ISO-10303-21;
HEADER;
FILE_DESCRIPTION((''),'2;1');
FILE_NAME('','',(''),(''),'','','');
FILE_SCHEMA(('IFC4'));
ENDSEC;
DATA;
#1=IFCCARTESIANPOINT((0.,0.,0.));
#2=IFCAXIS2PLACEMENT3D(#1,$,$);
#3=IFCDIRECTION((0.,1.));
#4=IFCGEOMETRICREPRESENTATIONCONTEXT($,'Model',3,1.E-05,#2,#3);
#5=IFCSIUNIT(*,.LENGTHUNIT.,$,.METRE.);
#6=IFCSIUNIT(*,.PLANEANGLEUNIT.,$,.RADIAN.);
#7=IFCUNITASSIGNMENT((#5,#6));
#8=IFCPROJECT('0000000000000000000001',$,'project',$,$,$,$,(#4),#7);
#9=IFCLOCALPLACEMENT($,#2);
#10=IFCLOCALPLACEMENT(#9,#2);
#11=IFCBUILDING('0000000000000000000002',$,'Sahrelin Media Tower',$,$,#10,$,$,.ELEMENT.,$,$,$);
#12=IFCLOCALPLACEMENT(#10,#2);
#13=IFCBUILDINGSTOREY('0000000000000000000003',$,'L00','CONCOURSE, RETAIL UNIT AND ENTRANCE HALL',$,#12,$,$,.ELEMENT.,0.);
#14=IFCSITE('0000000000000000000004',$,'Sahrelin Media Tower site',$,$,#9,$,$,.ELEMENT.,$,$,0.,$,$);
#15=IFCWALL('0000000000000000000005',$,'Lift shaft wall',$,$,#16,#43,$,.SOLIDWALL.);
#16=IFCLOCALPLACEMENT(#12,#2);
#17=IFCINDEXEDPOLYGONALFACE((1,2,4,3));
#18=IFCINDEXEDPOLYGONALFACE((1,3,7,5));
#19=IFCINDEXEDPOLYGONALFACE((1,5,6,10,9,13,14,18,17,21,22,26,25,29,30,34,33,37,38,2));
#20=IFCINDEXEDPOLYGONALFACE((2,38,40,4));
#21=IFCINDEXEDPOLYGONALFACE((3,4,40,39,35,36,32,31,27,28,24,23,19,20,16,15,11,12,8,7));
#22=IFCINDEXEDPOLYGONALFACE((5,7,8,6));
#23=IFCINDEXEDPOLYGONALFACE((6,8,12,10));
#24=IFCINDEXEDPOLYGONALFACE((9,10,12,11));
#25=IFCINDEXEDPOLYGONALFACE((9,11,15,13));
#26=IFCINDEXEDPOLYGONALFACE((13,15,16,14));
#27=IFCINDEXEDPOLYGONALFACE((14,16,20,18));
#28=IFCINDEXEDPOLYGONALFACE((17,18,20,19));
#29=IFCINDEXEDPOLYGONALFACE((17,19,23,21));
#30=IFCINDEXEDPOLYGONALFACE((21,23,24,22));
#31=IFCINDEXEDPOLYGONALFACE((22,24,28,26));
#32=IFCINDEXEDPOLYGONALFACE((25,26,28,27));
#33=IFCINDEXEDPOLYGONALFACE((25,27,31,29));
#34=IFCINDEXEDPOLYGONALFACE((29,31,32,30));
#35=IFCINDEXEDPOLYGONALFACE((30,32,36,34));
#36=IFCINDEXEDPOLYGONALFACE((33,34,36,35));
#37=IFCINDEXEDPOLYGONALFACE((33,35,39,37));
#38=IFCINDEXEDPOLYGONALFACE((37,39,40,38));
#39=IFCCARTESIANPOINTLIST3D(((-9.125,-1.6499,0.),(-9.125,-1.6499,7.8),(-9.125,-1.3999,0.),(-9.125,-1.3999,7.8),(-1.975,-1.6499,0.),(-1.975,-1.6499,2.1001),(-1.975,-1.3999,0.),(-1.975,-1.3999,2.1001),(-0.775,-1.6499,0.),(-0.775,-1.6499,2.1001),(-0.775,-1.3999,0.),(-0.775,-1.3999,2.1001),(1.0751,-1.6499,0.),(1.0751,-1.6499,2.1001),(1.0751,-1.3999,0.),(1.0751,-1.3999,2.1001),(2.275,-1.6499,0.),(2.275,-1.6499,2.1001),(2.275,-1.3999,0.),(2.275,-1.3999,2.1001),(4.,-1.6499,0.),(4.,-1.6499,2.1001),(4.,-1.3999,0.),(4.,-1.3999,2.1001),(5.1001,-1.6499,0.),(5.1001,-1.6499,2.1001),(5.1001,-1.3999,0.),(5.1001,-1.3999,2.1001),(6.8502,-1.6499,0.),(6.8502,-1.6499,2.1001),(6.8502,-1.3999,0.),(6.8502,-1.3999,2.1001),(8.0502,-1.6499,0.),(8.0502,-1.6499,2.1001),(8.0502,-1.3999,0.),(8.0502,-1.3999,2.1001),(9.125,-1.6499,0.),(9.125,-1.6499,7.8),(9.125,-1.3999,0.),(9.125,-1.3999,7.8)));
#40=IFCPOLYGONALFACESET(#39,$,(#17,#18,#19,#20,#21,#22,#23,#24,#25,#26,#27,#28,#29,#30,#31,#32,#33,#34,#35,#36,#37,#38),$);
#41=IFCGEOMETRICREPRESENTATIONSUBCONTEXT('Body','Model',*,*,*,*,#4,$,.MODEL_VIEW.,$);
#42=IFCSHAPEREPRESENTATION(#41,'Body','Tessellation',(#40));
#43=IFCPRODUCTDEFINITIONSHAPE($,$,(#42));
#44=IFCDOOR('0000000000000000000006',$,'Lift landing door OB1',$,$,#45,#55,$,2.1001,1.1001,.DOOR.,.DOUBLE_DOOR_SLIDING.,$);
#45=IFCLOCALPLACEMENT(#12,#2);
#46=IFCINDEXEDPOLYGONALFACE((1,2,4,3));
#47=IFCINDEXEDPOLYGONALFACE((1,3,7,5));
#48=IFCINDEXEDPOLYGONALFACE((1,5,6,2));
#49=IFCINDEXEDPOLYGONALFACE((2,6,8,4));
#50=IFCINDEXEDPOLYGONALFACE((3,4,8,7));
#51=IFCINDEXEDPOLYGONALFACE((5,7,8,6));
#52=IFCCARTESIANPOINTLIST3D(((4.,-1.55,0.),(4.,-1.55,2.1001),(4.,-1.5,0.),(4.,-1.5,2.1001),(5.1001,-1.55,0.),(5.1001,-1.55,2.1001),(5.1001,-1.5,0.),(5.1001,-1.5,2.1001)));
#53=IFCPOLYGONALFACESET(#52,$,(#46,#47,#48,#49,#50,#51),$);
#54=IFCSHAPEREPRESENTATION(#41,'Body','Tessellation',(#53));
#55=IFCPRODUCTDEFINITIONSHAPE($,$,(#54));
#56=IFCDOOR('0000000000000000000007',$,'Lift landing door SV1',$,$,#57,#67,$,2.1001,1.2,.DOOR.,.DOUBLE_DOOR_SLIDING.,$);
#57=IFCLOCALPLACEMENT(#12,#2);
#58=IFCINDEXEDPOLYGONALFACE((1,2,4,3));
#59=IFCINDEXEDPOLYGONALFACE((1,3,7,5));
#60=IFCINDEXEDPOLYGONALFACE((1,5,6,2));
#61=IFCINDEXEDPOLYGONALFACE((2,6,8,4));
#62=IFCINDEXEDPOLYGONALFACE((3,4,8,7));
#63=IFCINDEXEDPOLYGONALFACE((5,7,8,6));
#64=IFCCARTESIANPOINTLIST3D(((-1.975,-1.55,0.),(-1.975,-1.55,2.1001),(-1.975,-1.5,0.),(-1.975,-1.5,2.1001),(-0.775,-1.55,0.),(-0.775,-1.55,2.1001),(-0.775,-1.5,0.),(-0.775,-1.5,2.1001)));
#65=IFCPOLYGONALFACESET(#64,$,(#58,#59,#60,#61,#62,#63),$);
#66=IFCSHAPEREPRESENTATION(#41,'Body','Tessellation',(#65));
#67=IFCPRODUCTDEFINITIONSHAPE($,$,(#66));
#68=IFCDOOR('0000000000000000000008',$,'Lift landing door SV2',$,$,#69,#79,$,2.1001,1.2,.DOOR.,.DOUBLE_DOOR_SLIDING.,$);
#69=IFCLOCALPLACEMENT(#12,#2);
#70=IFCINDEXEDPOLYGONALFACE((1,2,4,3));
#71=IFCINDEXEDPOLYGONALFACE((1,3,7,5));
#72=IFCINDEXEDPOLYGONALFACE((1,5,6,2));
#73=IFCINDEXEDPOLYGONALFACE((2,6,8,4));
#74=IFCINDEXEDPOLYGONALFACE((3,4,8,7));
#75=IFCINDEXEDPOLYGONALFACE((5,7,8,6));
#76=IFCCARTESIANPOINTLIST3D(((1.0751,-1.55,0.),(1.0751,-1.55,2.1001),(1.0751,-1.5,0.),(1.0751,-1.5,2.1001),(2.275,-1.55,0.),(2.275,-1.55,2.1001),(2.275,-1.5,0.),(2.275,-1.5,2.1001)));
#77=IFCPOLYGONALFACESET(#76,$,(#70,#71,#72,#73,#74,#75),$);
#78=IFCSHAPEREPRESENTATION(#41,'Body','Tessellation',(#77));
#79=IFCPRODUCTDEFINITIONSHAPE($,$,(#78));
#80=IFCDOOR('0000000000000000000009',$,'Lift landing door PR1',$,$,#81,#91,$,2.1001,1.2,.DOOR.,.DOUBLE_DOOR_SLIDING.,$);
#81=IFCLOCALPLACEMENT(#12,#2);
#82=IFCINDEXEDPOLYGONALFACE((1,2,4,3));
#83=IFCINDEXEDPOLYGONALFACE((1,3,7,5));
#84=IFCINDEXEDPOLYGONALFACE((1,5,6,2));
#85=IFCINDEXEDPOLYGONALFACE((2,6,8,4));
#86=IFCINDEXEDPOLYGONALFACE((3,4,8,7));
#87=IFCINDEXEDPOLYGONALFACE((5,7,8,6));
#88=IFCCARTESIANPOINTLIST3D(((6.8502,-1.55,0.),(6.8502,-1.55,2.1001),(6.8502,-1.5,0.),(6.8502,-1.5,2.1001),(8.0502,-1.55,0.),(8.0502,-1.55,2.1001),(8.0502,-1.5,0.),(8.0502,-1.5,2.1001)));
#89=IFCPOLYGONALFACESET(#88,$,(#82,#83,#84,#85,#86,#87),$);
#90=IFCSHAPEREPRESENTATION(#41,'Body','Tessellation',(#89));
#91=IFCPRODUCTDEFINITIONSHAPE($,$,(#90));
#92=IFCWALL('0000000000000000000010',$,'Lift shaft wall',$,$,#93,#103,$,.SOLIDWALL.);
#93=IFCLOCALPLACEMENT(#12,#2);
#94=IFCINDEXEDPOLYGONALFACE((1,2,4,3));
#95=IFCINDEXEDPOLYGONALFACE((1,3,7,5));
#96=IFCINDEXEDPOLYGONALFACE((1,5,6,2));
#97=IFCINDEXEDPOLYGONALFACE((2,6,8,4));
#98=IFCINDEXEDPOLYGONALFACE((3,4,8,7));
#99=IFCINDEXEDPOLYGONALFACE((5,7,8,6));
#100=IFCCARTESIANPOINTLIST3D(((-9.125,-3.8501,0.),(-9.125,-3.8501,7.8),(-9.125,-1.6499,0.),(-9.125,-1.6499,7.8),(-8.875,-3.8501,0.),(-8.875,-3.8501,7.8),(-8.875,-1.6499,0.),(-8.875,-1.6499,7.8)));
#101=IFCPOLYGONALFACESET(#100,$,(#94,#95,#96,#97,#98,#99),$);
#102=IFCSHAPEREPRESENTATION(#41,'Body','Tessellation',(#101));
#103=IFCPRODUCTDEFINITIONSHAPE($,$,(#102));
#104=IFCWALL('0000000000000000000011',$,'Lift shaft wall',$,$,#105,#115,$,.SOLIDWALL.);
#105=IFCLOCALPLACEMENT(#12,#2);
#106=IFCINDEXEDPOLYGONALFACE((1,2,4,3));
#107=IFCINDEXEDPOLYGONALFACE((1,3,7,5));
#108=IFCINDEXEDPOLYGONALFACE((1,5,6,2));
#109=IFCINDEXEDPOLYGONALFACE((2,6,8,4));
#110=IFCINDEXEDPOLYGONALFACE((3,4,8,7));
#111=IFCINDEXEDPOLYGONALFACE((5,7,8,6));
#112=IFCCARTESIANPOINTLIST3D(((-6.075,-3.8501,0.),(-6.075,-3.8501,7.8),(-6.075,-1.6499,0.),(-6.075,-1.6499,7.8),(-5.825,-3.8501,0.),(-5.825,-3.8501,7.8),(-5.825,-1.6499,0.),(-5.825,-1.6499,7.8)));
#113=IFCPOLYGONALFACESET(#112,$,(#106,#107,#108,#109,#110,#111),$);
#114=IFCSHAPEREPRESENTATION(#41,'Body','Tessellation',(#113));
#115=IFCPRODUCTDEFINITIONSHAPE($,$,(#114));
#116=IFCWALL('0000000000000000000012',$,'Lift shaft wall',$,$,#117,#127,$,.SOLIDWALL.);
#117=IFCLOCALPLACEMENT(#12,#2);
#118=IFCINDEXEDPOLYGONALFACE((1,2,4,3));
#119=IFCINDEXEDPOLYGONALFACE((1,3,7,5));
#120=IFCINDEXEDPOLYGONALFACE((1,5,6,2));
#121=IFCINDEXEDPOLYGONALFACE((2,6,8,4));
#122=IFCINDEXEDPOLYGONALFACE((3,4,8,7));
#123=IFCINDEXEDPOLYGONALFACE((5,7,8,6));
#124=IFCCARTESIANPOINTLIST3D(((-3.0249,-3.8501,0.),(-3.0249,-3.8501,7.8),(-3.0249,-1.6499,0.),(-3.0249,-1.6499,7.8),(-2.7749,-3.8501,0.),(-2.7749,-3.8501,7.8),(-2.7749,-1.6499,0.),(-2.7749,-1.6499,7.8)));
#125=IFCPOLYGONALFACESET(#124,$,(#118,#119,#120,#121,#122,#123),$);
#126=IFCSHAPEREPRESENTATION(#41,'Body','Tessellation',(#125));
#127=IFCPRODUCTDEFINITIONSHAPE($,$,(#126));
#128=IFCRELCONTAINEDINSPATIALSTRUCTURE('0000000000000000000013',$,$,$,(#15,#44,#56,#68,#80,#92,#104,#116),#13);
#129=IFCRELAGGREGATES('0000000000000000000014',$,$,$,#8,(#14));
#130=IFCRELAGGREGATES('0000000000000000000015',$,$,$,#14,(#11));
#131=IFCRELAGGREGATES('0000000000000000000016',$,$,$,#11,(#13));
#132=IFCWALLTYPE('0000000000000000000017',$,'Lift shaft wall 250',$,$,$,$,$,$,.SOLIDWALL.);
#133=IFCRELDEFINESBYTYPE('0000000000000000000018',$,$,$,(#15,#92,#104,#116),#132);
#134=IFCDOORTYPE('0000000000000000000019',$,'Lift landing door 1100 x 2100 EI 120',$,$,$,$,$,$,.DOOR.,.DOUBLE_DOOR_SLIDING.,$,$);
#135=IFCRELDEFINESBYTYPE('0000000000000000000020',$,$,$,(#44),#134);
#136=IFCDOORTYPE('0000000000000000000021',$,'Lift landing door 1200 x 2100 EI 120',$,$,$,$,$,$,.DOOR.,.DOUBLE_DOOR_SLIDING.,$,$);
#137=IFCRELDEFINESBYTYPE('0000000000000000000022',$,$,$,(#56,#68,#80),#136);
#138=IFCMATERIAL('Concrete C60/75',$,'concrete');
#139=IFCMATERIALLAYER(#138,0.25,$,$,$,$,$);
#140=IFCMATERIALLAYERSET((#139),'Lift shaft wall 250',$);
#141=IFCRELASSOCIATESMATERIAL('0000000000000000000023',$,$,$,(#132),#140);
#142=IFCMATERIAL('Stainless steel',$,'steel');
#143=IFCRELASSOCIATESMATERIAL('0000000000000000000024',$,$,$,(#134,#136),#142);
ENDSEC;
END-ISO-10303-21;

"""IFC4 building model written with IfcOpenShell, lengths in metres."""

from ifc_helpers import new_model, si_unit, direction, frame, frame_2d, origin, place, context, subcontext, project, spatial, rectangle, extrude, material, layer, layer_set, type_object, element, fill, save


model = new_model("IFC4")

# Units and contexts
model_context = context("Model", 3, precision=1e-05, world=origin(), true_north=direction((0.0, 1.0)))
body_context = subcontext(model_context, "Body", "Model", "MODEL_VIEW")
ifc_project = project(units=[si_unit("LENGTHUNIT", "METRE"), si_unit("PLANEANGLEUNIT", "RADIAN")], contexts=[model_context])

# Site, building, storey
site_placement = place(None, origin())
site = spatial("IfcSite", under=ifc_project, at=site_placement, Name="Sahrelin Media Tower site", CompositionType="ELEMENT", RefElevation=0.0)
building_placement = place(site_placement, origin())
building = spatial("IfcBuilding", under=site, at=building_placement, Name="Sahrelin Media Tower", CompositionType="ELEMENT")
storey_placement = place(building_placement, origin())
storey = spatial("IfcBuildingStorey", under=building, at=storey_placement, Name="L00", Description="CONCOURSE, RETAIL UNIT AND ENTRANCE HALL", CompositionType="ELEMENT", Elevation=0.0)

# Shared definitions
ifc_material_1 = material(Name="Concrete C60/75", Category="concrete")

# Wall, openings, doors
ifc_layer_1 = layer(ifc_material_1, 0.25)
ifc_layer_set_1 = layer_set([ifc_layer_1], Name="Lift shaft wall 250")
wall_type_1 = type_object("IfcWallType", Name="Lift shaft wall 250", PredefinedType="SOLIDWALL", material=ifc_layer_set_1)
wall_1_placement = place(storey_placement, frame((-9.125, -1.5249, 0.0), z_axis=(0.0, 0.0, 1.0), x_axis=(1.0, 0.0, 0.0)))
wall_1 = element("IfcWall", 1, at=wall_1_placement, inside=storey, type_object=wall_type_1, Name="Lift shaft wall", PredefinedType="SOLIDWALL", context=body_context, shape_type="SweptSolid", body=[
    extrude(rectangle(XDim=18.25, YDim=0.25, at=frame_2d((9.125, 0.0))), origin(), (0.0, 0.0, 1.0), 7.8),
])
opening_1_placement = place(wall_1_placement, frame((7.1499, 0.0, 0.0)))
opening_1 = element("IfcOpeningElement", 2, at=opening_1_placement, cuts=wall_1, PredefinedType="OPENING", context=body_context, shape_type="SweptSolid", body=[
    extrude(rectangle(XDim=1.2, YDim=2.1001, at=frame_2d((0.6001, 1.05))), frame((0.0, 0.125, 0.0), z_axis=(0.0, -1.0, 0.0), x_axis=(1.0, 0.0, 0.0)), (0.0, 0.0, 1.0), 0.25),
])
opening_2_placement = place(wall_1_placement, frame((10.2, 0.0, 0.0)))
opening_2 = element("IfcOpeningElement", 3, at=opening_2_placement, cuts=wall_1, PredefinedType="OPENING", context=body_context, shape_type="SweptSolid", body=[
    extrude(rectangle(XDim=1.2, YDim=2.1001, at=frame_2d((0.6001, 1.05))), frame((0.0, 0.125, 0.0), z_axis=(0.0, -1.0, 0.0), x_axis=(1.0, 0.0, 0.0)), (0.0, 0.0, 1.0), 0.25),
])
opening_3_placement = place(wall_1_placement, frame((13.125, 0.0, 0.0)))
opening_3 = element("IfcOpeningElement", 4, at=opening_3_placement, cuts=wall_1, PredefinedType="OPENING", context=body_context, shape_type="SweptSolid", body=[
    extrude(rectangle(XDim=1.1001, YDim=2.1001, at=frame_2d((0.55, 1.05))), frame((0.0, 0.125, 0.0), z_axis=(0.0, -1.0, 0.0), x_axis=(1.0, 0.0, 0.0)), (0.0, 0.0, 1.0), 0.25),
])
opening_4_placement = place(wall_1_placement, frame((15.9751, 0.0, 0.0)))
opening_4 = element("IfcOpeningElement", 5, at=opening_4_placement, cuts=wall_1, PredefinedType="OPENING", context=body_context, shape_type="SweptSolid", body=[
    extrude(rectangle(XDim=1.2, YDim=2.1001, at=frame_2d((0.6001, 1.05))), frame((0.0, 0.125, 0.0), z_axis=(0.0, -1.0, 0.0), x_axis=(1.0, 0.0, 0.0)), (0.0, 0.0, 1.0), 0.25),
])
ifc_material_2 = material(Name="Stainless steel", Category="steel")
door_type_1 = type_object("IfcDoorType", Name="Lift landing door 1100 x 2100 EI 120", OperationType="DOUBLE_DOOR_SLIDING", PredefinedType="DOOR", material=ifc_material_2)
door_1_placement = place(opening_3_placement, origin())
door_1 = element("IfcDoor", 6, at=door_1_placement, inside=storey, type_object=door_type_1, Name="Lift landing door OB1", OperationType="DOUBLE_DOOR_SLIDING", OverallHeight=2.1001, OverallWidth=1.1001, PredefinedType="DOOR", context=body_context, shape_type="SweptSolid", body=[
    extrude(rectangle(XDim=1.1001, YDim=2.1001, at=frame_2d((0.55, 1.05))), frame((0.0, 0.0249, 0.0), z_axis=(0.0, -1.0, 0.0), x_axis=(1.0, 0.0, 0.0)), (0.0, 0.0, 1.0), 0.05),
])
fill(opening_3, door_1)
door_type_2 = type_object("IfcDoorType", Name="Lift landing door 1200 x 2100 EI 120", OperationType="DOUBLE_DOOR_SLIDING", PredefinedType="DOOR", material=ifc_material_2)
door_2_placement = place(opening_1_placement, origin())
door_2 = element("IfcDoor", 7, at=door_2_placement, inside=storey, type_object=door_type_2, Name="Lift landing door SV1", OperationType="DOUBLE_DOOR_SLIDING", OverallHeight=2.1001, OverallWidth=1.2, PredefinedType="DOOR", context=body_context, shape_type="SweptSolid", body=[
    extrude(rectangle(XDim=1.2, YDim=2.1001, at=frame_2d((0.6001, 1.05))), frame((0.0, 0.0249, 0.0), z_axis=(0.0, -1.0, 0.0), x_axis=(1.0, 0.0, 0.0)), (0.0, 0.0, 1.0), 0.05),
])
fill(opening_1, door_2)
door_3_placement = place(opening_2_placement, origin())
door_3 = element("IfcDoor", 8, at=door_3_placement, inside=storey, type_object=door_type_2, Name="Lift landing door SV2", OperationType="DOUBLE_DOOR_SLIDING", OverallHeight=2.1001, OverallWidth=1.2, PredefinedType="DOOR", context=body_context, shape_type="SweptSolid", body=[
    extrude(rectangle(XDim=1.2, YDim=2.1001, at=frame_2d((0.6001, 1.05))), frame((0.0, 0.0249, 0.0), z_axis=(0.0, -1.0, 0.0), x_axis=(1.0, 0.0, 0.0)), (0.0, 0.0, 1.0), 0.05),
])
fill(opening_2, door_3)
door_4_placement = place(opening_4_placement, origin())
door_4 = element("IfcDoor", 9, at=door_4_placement, inside=storey, type_object=door_type_2, Name="Lift landing door PR1", OperationType="DOUBLE_DOOR_SLIDING", OverallHeight=2.1001, OverallWidth=1.2, PredefinedType="DOOR", context=body_context, shape_type="SweptSolid", body=[
    extrude(rectangle(XDim=1.2, YDim=2.1001, at=frame_2d((0.6001, 1.05))), frame((0.0, 0.0249, 0.0), z_axis=(0.0, -1.0, 0.0), x_axis=(1.0, 0.0, 0.0)), (0.0, 0.0, 1.0), 0.05),
])
fill(opening_4, door_4)

# Walls
for number, where, z_axis, x_axis, name in (
    (10, (-9.0, -3.8501, 0.0), (0.0, 0.0, 1.0), (0.0, 1.0, 0.0), "Lift shaft wall"),
    (11, (-5.95, -3.8501, 0.0), (0.0, 0.0, 1.0), (0.0, 1.0, 0.0), "Lift shaft wall"),
    (12, (-2.8999, -3.8501, 0.0), (0.0, 0.0, 1.0), (0.0, 1.0, 0.0), "Lift shaft wall"),
):
    element("IfcWall", number, at=place(storey_placement, frame(where, z_axis=z_axis, x_axis=x_axis)), inside=storey, type_object=wall_type_1, Name=name, PredefinedType="SOLIDWALL", context=body_context, shape_type="SweptSolid", body=[
        extrude(rectangle(XDim=2.2002, YDim=0.25, at=frame_2d((1.1001, 0.0))), origin(), (0.0, 0.0, 1.0), 7.8),
    ])

save(model, "model.ifc")
